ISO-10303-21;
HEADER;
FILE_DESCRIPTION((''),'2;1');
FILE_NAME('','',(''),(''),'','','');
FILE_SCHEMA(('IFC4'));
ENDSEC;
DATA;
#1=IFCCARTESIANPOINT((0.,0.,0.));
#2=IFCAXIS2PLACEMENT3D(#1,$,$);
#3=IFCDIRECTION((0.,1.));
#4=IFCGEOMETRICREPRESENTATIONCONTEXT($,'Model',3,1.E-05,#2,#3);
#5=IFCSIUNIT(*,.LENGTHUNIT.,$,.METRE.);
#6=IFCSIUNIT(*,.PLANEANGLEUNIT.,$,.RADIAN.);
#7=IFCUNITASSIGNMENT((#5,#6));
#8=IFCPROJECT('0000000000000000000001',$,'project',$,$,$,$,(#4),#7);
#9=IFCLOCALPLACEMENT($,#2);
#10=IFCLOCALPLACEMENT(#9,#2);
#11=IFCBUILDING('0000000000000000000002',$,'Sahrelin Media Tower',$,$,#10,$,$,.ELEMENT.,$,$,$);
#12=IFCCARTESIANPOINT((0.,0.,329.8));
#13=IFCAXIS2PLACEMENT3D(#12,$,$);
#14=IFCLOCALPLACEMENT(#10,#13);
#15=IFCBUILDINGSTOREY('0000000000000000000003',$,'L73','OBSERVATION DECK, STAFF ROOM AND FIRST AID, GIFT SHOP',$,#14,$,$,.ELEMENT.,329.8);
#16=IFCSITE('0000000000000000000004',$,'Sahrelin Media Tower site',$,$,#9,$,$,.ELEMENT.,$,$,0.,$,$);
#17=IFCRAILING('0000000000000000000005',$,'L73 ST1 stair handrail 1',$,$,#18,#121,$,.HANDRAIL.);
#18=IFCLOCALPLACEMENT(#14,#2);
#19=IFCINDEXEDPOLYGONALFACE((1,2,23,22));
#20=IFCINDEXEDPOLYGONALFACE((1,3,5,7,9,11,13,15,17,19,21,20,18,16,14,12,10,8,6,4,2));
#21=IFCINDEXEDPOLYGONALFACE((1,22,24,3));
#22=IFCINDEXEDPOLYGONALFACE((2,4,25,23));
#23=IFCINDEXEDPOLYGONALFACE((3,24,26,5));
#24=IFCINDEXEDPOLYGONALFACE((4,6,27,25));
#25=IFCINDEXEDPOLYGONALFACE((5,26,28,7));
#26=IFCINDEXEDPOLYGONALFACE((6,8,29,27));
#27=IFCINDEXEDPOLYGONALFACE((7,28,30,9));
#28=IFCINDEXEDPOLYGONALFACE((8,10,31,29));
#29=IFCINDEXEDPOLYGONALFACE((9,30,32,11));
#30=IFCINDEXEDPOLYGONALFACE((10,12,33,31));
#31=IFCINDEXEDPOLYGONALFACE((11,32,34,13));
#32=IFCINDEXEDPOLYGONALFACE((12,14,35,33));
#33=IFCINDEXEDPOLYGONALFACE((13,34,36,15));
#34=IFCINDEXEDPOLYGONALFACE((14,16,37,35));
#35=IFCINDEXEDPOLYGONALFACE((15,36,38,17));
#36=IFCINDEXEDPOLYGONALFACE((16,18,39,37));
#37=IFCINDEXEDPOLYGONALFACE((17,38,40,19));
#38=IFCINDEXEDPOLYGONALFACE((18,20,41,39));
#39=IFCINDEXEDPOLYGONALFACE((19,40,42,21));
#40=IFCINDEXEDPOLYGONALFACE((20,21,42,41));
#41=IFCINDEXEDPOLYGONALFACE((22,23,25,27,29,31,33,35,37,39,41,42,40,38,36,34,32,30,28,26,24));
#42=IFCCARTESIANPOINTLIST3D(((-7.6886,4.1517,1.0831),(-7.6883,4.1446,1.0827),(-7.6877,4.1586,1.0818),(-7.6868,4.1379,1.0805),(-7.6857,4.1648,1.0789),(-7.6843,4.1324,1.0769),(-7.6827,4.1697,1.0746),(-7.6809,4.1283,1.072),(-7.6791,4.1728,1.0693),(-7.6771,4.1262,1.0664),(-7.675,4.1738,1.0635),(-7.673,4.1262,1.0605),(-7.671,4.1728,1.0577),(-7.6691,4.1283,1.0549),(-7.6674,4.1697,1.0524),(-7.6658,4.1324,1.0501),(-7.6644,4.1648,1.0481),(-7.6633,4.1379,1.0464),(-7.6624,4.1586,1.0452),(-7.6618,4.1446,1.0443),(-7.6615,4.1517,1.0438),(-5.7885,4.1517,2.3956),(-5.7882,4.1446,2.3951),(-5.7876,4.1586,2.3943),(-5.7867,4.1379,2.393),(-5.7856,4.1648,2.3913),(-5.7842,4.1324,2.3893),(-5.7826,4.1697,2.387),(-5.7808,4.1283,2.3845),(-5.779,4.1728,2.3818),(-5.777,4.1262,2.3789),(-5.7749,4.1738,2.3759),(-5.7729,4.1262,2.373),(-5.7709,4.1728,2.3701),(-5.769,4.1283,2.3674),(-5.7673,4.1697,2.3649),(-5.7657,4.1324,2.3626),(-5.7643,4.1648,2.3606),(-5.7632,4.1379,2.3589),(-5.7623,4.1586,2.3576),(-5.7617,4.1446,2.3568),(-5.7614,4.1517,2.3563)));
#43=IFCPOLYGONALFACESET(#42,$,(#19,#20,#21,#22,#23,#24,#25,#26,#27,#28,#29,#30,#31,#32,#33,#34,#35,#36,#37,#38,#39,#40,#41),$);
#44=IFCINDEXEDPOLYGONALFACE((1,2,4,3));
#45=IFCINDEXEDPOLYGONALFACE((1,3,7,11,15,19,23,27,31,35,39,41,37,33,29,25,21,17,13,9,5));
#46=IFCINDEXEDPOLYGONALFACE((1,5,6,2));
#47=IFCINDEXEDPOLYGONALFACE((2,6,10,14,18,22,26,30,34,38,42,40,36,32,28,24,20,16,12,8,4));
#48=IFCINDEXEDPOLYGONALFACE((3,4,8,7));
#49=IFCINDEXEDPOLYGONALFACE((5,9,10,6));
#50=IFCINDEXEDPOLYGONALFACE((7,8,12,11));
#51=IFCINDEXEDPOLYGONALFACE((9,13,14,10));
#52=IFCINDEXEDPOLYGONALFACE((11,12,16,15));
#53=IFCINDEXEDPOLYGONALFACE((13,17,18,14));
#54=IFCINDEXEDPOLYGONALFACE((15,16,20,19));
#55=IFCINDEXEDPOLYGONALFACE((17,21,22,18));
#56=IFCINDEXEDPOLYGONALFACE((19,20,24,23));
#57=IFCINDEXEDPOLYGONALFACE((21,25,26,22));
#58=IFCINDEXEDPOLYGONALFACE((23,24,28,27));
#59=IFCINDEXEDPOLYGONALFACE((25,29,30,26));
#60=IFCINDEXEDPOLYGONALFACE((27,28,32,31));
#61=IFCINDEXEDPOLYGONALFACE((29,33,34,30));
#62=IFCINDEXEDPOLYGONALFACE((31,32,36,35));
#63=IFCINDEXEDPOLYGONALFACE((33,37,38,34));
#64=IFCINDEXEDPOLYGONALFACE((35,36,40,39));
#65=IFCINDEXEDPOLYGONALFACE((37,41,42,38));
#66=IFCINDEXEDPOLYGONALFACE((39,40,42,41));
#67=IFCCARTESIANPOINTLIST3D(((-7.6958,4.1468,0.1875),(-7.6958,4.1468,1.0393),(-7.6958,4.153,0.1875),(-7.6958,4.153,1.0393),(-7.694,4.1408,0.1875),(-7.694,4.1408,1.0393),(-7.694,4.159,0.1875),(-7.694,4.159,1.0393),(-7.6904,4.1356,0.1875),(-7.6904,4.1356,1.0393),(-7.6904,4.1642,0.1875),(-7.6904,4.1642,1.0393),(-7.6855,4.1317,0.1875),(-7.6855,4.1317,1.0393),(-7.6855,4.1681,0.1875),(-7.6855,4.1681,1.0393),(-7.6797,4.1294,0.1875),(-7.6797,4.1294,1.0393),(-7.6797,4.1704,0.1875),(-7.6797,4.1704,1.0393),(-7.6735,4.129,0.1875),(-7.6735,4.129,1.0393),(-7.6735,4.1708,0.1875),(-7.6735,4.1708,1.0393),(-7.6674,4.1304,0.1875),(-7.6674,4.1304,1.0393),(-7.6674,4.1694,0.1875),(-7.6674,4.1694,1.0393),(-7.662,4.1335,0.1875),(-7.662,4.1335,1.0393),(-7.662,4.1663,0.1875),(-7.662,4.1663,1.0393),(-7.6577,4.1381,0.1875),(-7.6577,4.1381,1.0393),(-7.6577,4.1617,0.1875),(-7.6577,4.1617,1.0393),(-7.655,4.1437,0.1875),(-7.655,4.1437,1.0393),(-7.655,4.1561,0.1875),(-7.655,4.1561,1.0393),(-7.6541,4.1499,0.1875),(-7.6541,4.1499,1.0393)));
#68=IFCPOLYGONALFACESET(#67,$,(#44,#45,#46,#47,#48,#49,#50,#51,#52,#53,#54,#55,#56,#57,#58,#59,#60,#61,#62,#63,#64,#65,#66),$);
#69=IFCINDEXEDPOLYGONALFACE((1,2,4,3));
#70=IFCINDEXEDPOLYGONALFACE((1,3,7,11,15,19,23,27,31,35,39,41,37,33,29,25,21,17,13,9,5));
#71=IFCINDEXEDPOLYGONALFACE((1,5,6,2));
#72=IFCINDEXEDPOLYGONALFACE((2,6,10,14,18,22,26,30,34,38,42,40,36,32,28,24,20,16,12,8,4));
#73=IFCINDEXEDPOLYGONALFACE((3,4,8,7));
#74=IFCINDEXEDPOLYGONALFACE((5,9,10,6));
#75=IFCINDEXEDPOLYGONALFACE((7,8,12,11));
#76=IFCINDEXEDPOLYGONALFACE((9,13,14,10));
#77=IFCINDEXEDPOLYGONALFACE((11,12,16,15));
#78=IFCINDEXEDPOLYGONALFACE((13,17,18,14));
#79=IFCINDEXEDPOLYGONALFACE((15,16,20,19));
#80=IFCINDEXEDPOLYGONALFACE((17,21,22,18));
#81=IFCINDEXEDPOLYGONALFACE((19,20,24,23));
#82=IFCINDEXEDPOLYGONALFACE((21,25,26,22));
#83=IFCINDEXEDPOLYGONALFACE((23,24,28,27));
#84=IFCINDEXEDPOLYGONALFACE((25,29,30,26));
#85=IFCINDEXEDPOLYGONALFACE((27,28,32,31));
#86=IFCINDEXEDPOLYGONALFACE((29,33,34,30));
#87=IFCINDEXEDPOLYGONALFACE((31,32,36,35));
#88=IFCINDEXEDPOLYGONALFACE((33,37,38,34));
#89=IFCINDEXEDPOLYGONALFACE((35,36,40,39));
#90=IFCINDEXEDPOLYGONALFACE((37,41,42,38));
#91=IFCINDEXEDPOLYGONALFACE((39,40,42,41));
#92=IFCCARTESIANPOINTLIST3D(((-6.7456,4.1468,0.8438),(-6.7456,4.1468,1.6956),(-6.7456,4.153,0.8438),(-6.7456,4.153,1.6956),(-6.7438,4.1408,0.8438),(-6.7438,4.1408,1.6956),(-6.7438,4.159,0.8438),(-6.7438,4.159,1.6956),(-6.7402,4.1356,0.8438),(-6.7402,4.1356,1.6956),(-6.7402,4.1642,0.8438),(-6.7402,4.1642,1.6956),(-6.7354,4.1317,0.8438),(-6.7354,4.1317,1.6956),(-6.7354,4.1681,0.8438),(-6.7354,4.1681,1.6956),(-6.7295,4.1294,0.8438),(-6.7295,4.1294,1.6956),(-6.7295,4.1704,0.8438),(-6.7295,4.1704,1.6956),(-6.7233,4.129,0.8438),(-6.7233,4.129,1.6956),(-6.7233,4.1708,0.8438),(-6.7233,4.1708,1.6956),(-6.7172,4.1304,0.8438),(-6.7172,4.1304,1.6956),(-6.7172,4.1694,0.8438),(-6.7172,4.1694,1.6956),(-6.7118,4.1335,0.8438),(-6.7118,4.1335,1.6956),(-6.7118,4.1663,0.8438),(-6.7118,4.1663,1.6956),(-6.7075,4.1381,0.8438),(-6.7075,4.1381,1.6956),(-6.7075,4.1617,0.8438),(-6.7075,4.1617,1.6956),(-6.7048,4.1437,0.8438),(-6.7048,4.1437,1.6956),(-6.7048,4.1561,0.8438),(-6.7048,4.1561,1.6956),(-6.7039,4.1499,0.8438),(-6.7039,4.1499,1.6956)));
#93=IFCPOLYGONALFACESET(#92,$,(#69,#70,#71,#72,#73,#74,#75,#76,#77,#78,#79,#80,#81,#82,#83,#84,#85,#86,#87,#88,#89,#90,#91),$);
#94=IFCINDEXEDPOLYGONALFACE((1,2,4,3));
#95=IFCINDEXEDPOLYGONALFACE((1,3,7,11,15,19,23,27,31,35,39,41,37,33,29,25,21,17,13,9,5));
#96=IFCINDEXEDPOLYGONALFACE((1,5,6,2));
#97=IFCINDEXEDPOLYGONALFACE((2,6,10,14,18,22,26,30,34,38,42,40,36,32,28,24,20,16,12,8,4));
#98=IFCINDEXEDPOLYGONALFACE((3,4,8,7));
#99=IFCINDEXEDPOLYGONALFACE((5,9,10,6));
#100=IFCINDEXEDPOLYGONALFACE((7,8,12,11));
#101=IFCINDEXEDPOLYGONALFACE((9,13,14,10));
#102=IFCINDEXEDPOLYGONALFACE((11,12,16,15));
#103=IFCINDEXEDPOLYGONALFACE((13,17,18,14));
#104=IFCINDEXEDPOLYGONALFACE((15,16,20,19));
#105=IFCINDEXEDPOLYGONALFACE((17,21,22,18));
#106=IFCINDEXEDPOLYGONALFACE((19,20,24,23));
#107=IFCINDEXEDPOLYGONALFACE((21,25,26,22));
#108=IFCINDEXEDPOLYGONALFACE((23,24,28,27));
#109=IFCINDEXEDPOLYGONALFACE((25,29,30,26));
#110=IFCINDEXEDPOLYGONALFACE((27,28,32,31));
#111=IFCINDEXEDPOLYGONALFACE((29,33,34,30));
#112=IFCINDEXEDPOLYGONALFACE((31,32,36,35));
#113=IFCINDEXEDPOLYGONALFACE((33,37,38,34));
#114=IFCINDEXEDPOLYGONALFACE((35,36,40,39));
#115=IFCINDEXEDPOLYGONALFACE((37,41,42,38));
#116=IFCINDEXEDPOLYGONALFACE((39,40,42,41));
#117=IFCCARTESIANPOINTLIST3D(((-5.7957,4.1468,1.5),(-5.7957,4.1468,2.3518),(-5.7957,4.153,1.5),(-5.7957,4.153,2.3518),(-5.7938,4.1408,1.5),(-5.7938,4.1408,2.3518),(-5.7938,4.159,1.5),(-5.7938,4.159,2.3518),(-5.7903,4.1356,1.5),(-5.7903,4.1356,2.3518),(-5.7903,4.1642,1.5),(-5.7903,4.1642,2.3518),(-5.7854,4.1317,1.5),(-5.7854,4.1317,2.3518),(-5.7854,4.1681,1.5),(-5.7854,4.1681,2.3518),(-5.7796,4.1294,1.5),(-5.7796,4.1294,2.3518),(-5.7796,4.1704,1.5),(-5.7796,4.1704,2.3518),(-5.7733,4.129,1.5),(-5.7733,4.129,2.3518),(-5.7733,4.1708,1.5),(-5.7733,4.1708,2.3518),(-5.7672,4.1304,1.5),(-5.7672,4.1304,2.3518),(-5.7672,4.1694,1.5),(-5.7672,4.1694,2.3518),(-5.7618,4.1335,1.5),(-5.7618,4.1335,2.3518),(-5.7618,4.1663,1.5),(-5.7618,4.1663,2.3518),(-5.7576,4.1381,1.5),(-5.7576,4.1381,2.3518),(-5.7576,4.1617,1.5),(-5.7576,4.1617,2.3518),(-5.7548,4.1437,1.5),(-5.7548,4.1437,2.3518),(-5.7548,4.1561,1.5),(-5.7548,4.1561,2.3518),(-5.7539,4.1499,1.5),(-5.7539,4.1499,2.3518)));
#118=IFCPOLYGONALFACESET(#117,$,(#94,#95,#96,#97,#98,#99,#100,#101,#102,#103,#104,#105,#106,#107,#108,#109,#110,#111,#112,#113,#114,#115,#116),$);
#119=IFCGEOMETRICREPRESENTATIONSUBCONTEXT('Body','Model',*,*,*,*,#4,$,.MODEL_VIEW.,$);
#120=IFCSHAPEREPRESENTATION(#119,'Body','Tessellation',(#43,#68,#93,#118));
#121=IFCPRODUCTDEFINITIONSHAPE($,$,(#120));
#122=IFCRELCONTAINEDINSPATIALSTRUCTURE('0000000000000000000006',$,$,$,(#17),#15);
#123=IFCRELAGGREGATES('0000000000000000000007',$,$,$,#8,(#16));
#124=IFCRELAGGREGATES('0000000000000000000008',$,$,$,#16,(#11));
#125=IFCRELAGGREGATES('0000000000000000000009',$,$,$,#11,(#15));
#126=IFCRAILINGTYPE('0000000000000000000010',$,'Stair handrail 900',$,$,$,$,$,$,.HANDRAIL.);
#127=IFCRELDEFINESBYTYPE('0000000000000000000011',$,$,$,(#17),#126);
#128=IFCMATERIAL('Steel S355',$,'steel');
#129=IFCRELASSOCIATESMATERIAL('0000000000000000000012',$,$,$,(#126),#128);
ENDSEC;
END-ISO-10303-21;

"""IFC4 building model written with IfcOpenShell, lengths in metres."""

from ifc_helpers import new_model, si_unit, direction, frame, origin, origin_2d, place, context, subcontext, project, spatial, circle, extrude, material, type_object, element, save


model = new_model("IFC4")

# Units and contexts
model_context = context("Model", 3, precision=1e-05, world=origin(), true_north=direction((0.0, 1.0)))
body_context = subcontext(model_context, "Body", "Model", "MODEL_VIEW")
ifc_project = project(units=[si_unit("LENGTHUNIT", "METRE"), si_unit("PLANEANGLEUNIT", "RADIAN")], contexts=[model_context])

# Site, building, storey
site_placement = place(None, origin())
site = spatial("IfcSite", under=ifc_project, at=site_placement, Name="Sahrelin Media Tower site", CompositionType="ELEMENT", RefElevation=0.0)
building_placement = place(site_placement, origin())
building = spatial("IfcBuilding", under=site, at=building_placement, Name="Sahrelin Media Tower", CompositionType="ELEMENT")
storey_placement = place(building_placement, frame((0.0, 0.0, 329.8)))
storey = spatial("IfcBuildingStorey", under=building, at=storey_placement, Name="L73", Description="OBSERVATION DECK, STAFF ROOM AND FIRST AID, GIFT SHOP", CompositionType="ELEMENT", Elevation=329.8)

# Shared definitions
ifc_material_1 = material(Name="Steel S355", Category="steel")

# Railing
railing_type_1 = type_object("IfcRailingType", Name="Stair handrail 900", PredefinedType="HANDRAIL", material=ifc_material_1)
railing_1_placement = place(storey_placement, frame((-7.675, 4.1499, 0.1875)))
element("IfcRailing", 1, at=railing_1_placement, inside=storey, type_object=railing_type_1, Name="L73 ST1 stair handrail 1", PredefinedType="HANDRAIL", context=body_context, shape_type="SweptSolid", body=[
    extrude(circle(Radius=0.0239, at=origin_2d()), frame((0.0, 0.0, 0.876), z_axis=(0.822797, 0.0, 0.568336), x_axis=(0.0, 1.0, 0.0)), (0.0, 0.0, 1.0), 2.3093),
    extrude(circle(Radius=0.021, at=origin_2d()), origin(), (0.0, 0.0, 1.0), 0.8518),
    extrude(circle(Radius=0.021, at=origin_2d()), frame((0.9502, 0.0, 0.6562)), (0.0, 0.0, 1.0), 0.8518),
    extrude(circle(Radius=0.021, at=origin_2d()), frame((1.9001, 0.0, 1.3125)), (0.0, 0.0, 1.0), 0.8518),
])

save(model, "model.ifc")
